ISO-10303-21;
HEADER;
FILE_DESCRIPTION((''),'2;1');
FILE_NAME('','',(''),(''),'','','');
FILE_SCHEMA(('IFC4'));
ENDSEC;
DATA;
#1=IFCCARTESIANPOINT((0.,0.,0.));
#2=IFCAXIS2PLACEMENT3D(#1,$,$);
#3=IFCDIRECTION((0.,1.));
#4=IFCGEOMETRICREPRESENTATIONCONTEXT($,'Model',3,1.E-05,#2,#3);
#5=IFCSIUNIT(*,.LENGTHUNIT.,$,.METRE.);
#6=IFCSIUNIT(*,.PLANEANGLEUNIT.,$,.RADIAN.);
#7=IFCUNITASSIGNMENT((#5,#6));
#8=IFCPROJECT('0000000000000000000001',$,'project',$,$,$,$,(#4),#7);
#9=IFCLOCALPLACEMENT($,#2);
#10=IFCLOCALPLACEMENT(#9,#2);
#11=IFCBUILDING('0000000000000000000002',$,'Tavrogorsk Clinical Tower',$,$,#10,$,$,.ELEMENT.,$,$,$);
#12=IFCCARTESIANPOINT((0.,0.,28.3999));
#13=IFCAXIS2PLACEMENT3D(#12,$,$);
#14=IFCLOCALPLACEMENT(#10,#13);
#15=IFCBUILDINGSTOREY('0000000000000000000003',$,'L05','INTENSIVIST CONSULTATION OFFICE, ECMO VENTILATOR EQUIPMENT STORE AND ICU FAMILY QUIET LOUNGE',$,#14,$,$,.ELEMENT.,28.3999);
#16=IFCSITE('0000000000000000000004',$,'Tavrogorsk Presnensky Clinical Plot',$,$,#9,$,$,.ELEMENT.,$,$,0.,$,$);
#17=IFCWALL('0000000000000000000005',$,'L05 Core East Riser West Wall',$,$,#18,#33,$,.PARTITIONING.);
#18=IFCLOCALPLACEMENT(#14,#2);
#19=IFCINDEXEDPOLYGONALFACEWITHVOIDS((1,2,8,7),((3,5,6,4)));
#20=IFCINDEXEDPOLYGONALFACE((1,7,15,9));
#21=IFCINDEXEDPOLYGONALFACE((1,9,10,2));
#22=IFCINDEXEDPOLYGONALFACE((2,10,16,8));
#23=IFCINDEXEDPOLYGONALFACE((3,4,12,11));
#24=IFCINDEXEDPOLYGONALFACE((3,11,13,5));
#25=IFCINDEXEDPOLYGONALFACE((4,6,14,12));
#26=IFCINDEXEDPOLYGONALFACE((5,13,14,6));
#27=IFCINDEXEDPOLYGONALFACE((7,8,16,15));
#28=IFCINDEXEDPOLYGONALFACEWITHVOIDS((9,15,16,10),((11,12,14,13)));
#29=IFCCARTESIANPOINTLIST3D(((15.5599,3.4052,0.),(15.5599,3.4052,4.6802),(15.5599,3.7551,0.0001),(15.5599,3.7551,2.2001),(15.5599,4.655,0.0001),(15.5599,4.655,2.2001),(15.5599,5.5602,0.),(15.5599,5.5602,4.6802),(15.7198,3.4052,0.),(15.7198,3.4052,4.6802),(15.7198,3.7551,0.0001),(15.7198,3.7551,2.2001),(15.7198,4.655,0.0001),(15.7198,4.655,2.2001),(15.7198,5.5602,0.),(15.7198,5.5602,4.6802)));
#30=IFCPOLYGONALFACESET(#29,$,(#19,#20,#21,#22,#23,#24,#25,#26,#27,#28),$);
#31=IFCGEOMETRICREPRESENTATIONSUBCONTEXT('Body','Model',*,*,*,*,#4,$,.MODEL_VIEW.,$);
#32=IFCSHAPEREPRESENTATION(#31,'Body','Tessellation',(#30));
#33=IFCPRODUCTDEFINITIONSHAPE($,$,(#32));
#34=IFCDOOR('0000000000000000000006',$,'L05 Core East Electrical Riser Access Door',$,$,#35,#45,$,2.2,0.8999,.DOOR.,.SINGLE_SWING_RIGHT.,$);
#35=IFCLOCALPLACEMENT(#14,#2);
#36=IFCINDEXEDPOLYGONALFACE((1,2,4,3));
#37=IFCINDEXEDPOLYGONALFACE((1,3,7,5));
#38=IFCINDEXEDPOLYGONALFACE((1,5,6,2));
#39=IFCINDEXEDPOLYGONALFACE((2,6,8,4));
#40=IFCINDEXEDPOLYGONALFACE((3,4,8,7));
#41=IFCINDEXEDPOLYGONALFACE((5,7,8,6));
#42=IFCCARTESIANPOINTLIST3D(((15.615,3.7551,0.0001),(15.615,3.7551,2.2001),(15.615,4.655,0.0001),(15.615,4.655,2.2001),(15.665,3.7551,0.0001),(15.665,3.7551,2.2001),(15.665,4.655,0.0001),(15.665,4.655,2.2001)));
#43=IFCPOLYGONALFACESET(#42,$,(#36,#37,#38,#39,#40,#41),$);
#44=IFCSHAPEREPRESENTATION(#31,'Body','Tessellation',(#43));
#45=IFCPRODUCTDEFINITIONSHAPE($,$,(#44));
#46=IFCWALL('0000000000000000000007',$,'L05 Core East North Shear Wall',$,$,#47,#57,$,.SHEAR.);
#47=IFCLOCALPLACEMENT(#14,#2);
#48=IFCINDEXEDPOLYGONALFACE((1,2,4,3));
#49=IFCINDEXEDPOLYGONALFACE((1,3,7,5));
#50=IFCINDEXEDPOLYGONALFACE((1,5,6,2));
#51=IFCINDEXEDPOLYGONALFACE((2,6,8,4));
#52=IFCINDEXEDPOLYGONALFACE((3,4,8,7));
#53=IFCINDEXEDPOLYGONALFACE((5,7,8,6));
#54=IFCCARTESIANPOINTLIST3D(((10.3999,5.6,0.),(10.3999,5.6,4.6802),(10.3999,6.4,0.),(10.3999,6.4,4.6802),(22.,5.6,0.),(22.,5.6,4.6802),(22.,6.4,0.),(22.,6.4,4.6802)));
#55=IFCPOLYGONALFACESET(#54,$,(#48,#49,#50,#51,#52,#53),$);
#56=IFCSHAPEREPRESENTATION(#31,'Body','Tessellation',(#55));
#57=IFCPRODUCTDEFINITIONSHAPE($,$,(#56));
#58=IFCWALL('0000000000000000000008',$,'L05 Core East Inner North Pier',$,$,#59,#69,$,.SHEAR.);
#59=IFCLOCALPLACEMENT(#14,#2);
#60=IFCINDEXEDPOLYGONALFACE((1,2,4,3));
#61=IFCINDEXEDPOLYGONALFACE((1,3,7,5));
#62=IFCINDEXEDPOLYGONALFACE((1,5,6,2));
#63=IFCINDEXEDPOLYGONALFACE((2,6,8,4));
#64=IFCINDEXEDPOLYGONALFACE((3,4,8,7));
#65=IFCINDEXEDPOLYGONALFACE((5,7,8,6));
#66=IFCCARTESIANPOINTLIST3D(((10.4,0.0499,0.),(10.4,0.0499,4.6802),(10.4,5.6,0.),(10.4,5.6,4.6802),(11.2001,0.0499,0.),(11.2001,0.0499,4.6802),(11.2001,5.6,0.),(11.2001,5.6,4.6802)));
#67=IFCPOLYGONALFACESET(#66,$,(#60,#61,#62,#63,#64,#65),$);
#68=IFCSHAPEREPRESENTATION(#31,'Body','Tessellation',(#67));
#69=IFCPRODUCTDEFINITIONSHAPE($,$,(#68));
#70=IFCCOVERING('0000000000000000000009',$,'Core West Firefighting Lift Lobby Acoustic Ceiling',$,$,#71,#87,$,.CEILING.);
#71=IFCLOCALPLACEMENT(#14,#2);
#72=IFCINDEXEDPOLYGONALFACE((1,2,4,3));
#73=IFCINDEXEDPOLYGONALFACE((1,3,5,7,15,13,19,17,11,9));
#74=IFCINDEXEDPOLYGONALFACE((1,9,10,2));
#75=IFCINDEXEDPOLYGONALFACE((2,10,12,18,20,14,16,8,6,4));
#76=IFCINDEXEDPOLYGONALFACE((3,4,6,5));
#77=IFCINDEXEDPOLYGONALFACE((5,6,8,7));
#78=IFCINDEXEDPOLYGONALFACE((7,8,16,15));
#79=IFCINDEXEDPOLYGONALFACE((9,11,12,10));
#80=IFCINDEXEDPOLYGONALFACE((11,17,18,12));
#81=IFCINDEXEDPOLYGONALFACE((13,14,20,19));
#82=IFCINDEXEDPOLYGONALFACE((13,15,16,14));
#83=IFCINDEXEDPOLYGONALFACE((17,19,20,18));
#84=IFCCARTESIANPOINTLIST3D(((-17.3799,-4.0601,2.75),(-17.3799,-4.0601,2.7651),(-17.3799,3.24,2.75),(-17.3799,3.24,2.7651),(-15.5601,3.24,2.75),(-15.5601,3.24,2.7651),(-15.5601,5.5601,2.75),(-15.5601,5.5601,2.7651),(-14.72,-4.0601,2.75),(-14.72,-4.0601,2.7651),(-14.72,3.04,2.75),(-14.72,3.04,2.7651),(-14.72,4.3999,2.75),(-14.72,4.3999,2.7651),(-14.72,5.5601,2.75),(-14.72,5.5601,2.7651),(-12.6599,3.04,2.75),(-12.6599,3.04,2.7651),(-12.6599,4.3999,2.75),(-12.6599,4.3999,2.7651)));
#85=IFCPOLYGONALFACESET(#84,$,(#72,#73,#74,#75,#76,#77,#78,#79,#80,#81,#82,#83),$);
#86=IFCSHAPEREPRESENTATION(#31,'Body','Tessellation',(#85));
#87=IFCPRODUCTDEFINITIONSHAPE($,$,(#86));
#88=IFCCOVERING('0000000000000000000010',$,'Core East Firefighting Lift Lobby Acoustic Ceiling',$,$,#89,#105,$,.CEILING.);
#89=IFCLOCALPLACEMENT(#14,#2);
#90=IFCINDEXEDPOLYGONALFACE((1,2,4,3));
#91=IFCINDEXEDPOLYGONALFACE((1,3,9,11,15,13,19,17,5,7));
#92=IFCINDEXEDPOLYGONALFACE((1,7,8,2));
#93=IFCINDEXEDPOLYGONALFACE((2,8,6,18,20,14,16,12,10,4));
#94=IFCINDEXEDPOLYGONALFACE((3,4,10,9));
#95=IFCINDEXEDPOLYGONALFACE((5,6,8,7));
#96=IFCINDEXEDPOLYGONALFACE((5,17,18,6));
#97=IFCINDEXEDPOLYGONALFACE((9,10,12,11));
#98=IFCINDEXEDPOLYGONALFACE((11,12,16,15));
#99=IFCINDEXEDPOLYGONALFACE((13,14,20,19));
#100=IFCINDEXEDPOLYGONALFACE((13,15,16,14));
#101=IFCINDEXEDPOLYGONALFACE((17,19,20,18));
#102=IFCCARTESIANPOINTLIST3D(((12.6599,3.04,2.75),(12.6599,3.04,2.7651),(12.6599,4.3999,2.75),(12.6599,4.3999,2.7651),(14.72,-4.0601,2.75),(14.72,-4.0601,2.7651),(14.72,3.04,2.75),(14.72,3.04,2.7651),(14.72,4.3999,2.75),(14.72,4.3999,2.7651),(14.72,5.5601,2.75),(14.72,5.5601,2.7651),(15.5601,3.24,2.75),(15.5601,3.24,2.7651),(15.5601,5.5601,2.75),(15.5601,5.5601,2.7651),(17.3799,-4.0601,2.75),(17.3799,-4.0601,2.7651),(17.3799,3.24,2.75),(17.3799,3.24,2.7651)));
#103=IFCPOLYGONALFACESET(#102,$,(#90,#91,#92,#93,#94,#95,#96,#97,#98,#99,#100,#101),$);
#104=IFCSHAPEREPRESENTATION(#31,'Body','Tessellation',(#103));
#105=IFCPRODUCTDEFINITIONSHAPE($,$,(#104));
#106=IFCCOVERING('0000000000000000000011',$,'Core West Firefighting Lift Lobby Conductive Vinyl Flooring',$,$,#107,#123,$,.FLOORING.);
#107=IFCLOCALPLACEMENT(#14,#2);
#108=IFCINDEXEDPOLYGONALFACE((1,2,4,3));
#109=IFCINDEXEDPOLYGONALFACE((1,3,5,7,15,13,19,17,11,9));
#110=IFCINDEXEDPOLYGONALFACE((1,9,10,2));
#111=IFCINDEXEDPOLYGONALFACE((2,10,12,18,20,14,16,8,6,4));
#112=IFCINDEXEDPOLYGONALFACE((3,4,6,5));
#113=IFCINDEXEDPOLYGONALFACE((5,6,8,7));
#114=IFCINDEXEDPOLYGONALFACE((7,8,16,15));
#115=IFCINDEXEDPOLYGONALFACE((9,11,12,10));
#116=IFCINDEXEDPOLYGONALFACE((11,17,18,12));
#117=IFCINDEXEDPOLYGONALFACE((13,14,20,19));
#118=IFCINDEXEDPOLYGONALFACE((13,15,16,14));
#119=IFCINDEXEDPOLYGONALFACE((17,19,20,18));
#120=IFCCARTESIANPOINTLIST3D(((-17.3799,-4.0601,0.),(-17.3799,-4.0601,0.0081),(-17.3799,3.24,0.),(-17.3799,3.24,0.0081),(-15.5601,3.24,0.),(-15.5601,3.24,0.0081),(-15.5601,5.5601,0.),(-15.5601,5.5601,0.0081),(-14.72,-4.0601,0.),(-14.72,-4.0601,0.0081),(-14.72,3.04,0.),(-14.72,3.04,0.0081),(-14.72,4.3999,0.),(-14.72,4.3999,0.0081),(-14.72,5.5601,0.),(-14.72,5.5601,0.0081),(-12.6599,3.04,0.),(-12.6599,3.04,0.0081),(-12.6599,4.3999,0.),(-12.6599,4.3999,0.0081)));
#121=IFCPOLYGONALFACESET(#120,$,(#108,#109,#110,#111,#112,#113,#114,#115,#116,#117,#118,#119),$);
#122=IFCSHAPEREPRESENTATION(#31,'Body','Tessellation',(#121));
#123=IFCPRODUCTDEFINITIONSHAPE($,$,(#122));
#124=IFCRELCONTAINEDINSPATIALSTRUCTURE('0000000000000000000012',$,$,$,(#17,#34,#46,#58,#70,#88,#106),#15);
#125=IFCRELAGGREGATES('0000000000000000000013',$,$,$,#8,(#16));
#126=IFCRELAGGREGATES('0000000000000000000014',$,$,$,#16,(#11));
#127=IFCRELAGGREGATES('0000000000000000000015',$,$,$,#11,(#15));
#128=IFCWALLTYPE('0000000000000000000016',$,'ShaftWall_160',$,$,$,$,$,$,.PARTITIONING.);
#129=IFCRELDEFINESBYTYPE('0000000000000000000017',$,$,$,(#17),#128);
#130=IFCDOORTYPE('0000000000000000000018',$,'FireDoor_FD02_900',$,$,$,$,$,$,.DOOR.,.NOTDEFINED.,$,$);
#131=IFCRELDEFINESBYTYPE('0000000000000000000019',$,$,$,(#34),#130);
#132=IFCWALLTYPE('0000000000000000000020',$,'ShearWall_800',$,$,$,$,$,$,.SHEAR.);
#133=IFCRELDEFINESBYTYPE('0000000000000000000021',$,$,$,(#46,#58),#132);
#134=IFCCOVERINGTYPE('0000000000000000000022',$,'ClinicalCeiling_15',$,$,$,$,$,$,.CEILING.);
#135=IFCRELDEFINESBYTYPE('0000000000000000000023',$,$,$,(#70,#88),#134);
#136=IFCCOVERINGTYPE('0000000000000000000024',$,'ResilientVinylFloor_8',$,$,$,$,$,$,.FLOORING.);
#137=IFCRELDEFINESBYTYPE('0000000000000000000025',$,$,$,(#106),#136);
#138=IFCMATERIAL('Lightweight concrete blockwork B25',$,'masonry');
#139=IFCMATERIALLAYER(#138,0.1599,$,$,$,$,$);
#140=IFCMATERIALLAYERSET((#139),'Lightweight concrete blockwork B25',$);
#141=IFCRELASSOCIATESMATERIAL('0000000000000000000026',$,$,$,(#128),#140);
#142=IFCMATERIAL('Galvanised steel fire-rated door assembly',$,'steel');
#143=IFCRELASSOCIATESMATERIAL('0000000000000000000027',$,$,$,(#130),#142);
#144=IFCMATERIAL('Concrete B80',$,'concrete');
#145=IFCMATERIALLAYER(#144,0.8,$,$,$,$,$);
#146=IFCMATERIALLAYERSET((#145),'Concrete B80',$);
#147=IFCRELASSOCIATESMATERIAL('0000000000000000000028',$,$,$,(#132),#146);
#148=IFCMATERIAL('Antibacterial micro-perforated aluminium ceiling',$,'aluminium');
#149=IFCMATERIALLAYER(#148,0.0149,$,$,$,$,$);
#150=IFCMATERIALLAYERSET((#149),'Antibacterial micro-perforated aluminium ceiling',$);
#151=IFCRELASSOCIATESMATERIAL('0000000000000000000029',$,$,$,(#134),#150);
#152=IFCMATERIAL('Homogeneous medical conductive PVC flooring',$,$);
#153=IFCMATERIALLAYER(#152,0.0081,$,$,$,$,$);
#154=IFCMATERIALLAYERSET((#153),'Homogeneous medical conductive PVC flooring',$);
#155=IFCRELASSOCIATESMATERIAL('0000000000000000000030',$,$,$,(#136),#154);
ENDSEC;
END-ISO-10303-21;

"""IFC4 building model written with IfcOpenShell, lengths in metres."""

from ifc_helpers import new_model, si_unit, direction, frame, frame_2d, origin, place, context, subcontext, project, spatial, polyline, rectangle, outline, extrude, material, layer, layer_set, type_object, element, fill, save


model = new_model("IFC4")

# Units and contexts
model_context = context("Model", 3, precision=1e-05, world=origin(), true_north=direction((0.0, 1.0)))
body_context = subcontext(model_context, "Body", "Model", "MODEL_VIEW")
ifc_project = project(units=[si_unit("LENGTHUNIT", "METRE"), si_unit("PLANEANGLEUNIT", "RADIAN")], contexts=[model_context])

# Site, building, storey
site_placement = place(None, origin())
site = spatial("IfcSite", under=ifc_project, at=site_placement, Name="Tavrogorsk Presnensky Clinical Plot", CompositionType="ELEMENT", RefElevation=0.0)
building_placement = place(site_placement, origin())
building = spatial("IfcBuilding", under=site, at=building_placement, Name="Tavrogorsk Clinical Tower", CompositionType="ELEMENT")
storey_placement = place(building_placement, frame((0.0, 0.0, 28.3999)))
storey = spatial("IfcBuildingStorey", under=building, at=storey_placement, Name="L05", Description="INTENSIVIST CONSULTATION OFFICE, ECMO VENTILATOR EQUIPMENT STORE AND ICU FAMILY QUIET LOUNGE", CompositionType="ELEMENT", Elevation=28.3999)

# Shared definitions
ifc_material_1 = material(Name="Lightweight concrete blockwork B25", Category="masonry")
ifc_layer_1 = layer(ifc_material_1, 0.1599)
ifc_layer_set_1 = layer_set([ifc_layer_1], Name="Lightweight concrete blockwork B25")
wall_type_1 = type_object("IfcWallType", Name="ShaftWall_160", PredefinedType="PARTITIONING", material=ifc_layer_set_1)

# Wall, opening, door
wall_1_placement = place(storey_placement, frame((15.6399, 3.405, 0.0), z_axis=(0.0, 0.0, 1.0), x_axis=(0.0, 1.0, 0.0)))
wall_1 = element("IfcWall", 1, at=wall_1_placement, inside=storey, type_object=wall_type_1, Name="L05 Core East Riser West Wall", PredefinedType="PARTITIONING", context=body_context, shape_type="SweptSolid", body=[
    extrude(rectangle(XDim=2.155, YDim=0.1599, at=frame_2d((1.0776, 0.0))), origin(), (0.0, 0.0, 1.0), 4.6802),
])
opening_1_placement = place(wall_1_placement, frame((0.3501, 0.0, 0.0)))
opening_1 = element("IfcOpeningElement", 2, at=opening_1_placement, cuts=wall_1, PredefinedType="OPENING", context=body_context, shape_type="SweptSolid", body=[
    extrude(rectangle(XDim=0.8999, YDim=2.2, at=frame_2d((0.45, 1.1001))), frame((0.0, 0.0898, 0.0), z_axis=(0.0, -1.0, 0.0), x_axis=(1.0, 0.0, 0.0)), (0.0, 0.0, 1.0), 0.1799),
])
ifc_material_2 = material(Name="Galvanised steel fire-rated door assembly", Category="steel")
door_type_1 = type_object("IfcDoorType", Name="FireDoor_FD02_900", OperationType="NOTDEFINED", PredefinedType="DOOR", material=ifc_material_2)
door_1_placement = place(opening_1_placement, origin())
door_1 = element("IfcDoor", 3, at=door_1_placement, inside=storey, type_object=door_type_1, Name="L05 Core East Electrical Riser Access Door", OperationType="SINGLE_SWING_RIGHT", OverallHeight=2.2, OverallWidth=0.8999, PredefinedType="DOOR", context=body_context, shape_type="SweptSolid", body=[
    extrude(rectangle(XDim=0.8999, YDim=2.2, at=frame_2d((0.45, 1.1001))), frame((0.0, 0.0249, 0.0), z_axis=(0.0, -1.0, 0.0), x_axis=(1.0, 0.0, 0.0)), (0.0, 0.0, 1.0), 0.05),
])
fill(opening_1, door_1)

# Walls
ifc_material_3 = material(Name="Concrete B80", Category="concrete")
ifc_layer_2 = layer(ifc_material_3, 0.8)
ifc_layer_set_2 = layer_set([ifc_layer_2], Name="Concrete B80")
wall_type_2 = type_object("IfcWallType", Name="ShearWall_800", PredefinedType="SHEAR", material=ifc_layer_set_2)
wall_2_placement = place(storey_placement, frame((10.3999, 6.0, 0.0), z_axis=(0.0, 0.0, 1.0), x_axis=(1.0, 0.0, 0.0)))
element("IfcWall", 4, at=wall_2_placement, inside=storey, type_object=wall_type_2, Name="L05 Core East North Shear Wall", PredefinedType="SHEAR", context=body_context, shape_type="SweptSolid", body=[
    extrude(rectangle(XDim=11.6001, YDim=0.8, at=frame_2d((5.8, 0.0))), origin(), (0.0, 0.0, 1.0), 4.6802),
])
wall_3_placement = place(storey_placement, frame((10.8, 0.05, 0.0), z_axis=(0.0, 0.0, 1.0), x_axis=(0.0, 1.0, 0.0)))
element("IfcWall", 5, at=wall_3_placement, inside=storey, type_object=wall_type_2, Name="L05 Core East Inner North Pier", PredefinedType="SHEAR", context=body_context, shape_type="SweptSolid", body=[
    extrude(rectangle(XDim=5.55, YDim=0.8, at=frame_2d((2.7749, 0.0))), origin(), (0.0, 0.0, 1.0), 4.6802),
])

# Coverings
ifc_material_4 = material(Name="Antibacterial micro-perforated aluminium ceiling", Category="aluminium")
ifc_layer_3 = layer(ifc_material_4, 0.0149)
ifc_layer_set_3 = layer_set([ifc_layer_3], Name="Antibacterial micro-perforated aluminium ceiling")
covering_type_1 = type_object("IfcCoveringType", Name="ClinicalCeiling_15", PredefinedType="CEILING", material=ifc_layer_set_3)
covering_1_placement = place(storey_placement, frame((0.0, 0.0, 2.75)))
element("IfcCovering", 6, at=covering_1_placement, inside=storey, type_object=covering_type_1, Name="Core West Firefighting Lift Lobby Acoustic Ceiling", PredefinedType="CEILING", context=body_context, shape_type="SweptSolid", body=[
    extrude(outline(polyline([(-17.3799, -4.0601), (-17.3799, 3.24), (-15.5601, 3.24), (-15.5601, 5.5601), (-14.72, 5.5601), (-14.72, 4.3999), (-12.6599, 4.3999), (-12.6599, 3.04), (-14.72, 3.04), (-14.72, -4.0601), (-17.3799, -4.0601)])), origin(), (0.0, 0.0, 1.0), 0.0151),
])
covering_2_placement = place(storey_placement, frame((0.0, 0.0, 2.75)))
element("IfcCovering", 7, at=covering_2_placement, inside=storey, type_object=covering_type_1, Name="Core East Firefighting Lift Lobby Acoustic Ceiling", PredefinedType="CEILING", context=body_context, shape_type="SweptSolid", body=[
    extrude(outline(polyline([(14.72, 3.04), (12.6599, 3.04), (12.6599, 4.3999), (14.72, 4.3999), (14.72, 5.5601), (15.5601, 5.5601), (15.5601, 3.24), (17.3799, 3.24), (17.3799, -4.0601), (14.72, -4.0601), (14.72, 3.04)])), origin(), (0.0, 0.0, 1.0), 0.0151),
])
ifc_material_5 = material(Name="Homogeneous medical conductive PVC flooring")
ifc_layer_4 = layer(ifc_material_5, 0.0081)
ifc_layer_set_4 = layer_set([ifc_layer_4], Name="Homogeneous medical conductive PVC flooring")
covering_type_2 = type_object("IfcCoveringType", Name="ResilientVinylFloor_8", PredefinedType="FLOORING", material=ifc_layer_set_4)
covering_3_placement = place(storey_placement, origin())
element("IfcCovering", 8, at=covering_3_placement, inside=storey, type_object=covering_type_2, Name="Core West Firefighting Lift Lobby Conductive Vinyl Flooring", PredefinedType="FLOORING", context=body_context, shape_type="SweptSolid", body=[
    extrude(outline(polyline([(-17.3799, -4.0601), (-17.3799, 3.24), (-15.5601, 3.24), (-15.5601, 5.5601), (-14.72, 5.5601), (-14.72, 4.3999), (-12.6599, 4.3999), (-12.6599, 3.04), (-14.72, 3.04), (-14.72, -4.0601), (-17.3799, -4.0601)])), origin(), (0.0, 0.0, 1.0), 0.0081),
])

save(model, "model.ifc")
